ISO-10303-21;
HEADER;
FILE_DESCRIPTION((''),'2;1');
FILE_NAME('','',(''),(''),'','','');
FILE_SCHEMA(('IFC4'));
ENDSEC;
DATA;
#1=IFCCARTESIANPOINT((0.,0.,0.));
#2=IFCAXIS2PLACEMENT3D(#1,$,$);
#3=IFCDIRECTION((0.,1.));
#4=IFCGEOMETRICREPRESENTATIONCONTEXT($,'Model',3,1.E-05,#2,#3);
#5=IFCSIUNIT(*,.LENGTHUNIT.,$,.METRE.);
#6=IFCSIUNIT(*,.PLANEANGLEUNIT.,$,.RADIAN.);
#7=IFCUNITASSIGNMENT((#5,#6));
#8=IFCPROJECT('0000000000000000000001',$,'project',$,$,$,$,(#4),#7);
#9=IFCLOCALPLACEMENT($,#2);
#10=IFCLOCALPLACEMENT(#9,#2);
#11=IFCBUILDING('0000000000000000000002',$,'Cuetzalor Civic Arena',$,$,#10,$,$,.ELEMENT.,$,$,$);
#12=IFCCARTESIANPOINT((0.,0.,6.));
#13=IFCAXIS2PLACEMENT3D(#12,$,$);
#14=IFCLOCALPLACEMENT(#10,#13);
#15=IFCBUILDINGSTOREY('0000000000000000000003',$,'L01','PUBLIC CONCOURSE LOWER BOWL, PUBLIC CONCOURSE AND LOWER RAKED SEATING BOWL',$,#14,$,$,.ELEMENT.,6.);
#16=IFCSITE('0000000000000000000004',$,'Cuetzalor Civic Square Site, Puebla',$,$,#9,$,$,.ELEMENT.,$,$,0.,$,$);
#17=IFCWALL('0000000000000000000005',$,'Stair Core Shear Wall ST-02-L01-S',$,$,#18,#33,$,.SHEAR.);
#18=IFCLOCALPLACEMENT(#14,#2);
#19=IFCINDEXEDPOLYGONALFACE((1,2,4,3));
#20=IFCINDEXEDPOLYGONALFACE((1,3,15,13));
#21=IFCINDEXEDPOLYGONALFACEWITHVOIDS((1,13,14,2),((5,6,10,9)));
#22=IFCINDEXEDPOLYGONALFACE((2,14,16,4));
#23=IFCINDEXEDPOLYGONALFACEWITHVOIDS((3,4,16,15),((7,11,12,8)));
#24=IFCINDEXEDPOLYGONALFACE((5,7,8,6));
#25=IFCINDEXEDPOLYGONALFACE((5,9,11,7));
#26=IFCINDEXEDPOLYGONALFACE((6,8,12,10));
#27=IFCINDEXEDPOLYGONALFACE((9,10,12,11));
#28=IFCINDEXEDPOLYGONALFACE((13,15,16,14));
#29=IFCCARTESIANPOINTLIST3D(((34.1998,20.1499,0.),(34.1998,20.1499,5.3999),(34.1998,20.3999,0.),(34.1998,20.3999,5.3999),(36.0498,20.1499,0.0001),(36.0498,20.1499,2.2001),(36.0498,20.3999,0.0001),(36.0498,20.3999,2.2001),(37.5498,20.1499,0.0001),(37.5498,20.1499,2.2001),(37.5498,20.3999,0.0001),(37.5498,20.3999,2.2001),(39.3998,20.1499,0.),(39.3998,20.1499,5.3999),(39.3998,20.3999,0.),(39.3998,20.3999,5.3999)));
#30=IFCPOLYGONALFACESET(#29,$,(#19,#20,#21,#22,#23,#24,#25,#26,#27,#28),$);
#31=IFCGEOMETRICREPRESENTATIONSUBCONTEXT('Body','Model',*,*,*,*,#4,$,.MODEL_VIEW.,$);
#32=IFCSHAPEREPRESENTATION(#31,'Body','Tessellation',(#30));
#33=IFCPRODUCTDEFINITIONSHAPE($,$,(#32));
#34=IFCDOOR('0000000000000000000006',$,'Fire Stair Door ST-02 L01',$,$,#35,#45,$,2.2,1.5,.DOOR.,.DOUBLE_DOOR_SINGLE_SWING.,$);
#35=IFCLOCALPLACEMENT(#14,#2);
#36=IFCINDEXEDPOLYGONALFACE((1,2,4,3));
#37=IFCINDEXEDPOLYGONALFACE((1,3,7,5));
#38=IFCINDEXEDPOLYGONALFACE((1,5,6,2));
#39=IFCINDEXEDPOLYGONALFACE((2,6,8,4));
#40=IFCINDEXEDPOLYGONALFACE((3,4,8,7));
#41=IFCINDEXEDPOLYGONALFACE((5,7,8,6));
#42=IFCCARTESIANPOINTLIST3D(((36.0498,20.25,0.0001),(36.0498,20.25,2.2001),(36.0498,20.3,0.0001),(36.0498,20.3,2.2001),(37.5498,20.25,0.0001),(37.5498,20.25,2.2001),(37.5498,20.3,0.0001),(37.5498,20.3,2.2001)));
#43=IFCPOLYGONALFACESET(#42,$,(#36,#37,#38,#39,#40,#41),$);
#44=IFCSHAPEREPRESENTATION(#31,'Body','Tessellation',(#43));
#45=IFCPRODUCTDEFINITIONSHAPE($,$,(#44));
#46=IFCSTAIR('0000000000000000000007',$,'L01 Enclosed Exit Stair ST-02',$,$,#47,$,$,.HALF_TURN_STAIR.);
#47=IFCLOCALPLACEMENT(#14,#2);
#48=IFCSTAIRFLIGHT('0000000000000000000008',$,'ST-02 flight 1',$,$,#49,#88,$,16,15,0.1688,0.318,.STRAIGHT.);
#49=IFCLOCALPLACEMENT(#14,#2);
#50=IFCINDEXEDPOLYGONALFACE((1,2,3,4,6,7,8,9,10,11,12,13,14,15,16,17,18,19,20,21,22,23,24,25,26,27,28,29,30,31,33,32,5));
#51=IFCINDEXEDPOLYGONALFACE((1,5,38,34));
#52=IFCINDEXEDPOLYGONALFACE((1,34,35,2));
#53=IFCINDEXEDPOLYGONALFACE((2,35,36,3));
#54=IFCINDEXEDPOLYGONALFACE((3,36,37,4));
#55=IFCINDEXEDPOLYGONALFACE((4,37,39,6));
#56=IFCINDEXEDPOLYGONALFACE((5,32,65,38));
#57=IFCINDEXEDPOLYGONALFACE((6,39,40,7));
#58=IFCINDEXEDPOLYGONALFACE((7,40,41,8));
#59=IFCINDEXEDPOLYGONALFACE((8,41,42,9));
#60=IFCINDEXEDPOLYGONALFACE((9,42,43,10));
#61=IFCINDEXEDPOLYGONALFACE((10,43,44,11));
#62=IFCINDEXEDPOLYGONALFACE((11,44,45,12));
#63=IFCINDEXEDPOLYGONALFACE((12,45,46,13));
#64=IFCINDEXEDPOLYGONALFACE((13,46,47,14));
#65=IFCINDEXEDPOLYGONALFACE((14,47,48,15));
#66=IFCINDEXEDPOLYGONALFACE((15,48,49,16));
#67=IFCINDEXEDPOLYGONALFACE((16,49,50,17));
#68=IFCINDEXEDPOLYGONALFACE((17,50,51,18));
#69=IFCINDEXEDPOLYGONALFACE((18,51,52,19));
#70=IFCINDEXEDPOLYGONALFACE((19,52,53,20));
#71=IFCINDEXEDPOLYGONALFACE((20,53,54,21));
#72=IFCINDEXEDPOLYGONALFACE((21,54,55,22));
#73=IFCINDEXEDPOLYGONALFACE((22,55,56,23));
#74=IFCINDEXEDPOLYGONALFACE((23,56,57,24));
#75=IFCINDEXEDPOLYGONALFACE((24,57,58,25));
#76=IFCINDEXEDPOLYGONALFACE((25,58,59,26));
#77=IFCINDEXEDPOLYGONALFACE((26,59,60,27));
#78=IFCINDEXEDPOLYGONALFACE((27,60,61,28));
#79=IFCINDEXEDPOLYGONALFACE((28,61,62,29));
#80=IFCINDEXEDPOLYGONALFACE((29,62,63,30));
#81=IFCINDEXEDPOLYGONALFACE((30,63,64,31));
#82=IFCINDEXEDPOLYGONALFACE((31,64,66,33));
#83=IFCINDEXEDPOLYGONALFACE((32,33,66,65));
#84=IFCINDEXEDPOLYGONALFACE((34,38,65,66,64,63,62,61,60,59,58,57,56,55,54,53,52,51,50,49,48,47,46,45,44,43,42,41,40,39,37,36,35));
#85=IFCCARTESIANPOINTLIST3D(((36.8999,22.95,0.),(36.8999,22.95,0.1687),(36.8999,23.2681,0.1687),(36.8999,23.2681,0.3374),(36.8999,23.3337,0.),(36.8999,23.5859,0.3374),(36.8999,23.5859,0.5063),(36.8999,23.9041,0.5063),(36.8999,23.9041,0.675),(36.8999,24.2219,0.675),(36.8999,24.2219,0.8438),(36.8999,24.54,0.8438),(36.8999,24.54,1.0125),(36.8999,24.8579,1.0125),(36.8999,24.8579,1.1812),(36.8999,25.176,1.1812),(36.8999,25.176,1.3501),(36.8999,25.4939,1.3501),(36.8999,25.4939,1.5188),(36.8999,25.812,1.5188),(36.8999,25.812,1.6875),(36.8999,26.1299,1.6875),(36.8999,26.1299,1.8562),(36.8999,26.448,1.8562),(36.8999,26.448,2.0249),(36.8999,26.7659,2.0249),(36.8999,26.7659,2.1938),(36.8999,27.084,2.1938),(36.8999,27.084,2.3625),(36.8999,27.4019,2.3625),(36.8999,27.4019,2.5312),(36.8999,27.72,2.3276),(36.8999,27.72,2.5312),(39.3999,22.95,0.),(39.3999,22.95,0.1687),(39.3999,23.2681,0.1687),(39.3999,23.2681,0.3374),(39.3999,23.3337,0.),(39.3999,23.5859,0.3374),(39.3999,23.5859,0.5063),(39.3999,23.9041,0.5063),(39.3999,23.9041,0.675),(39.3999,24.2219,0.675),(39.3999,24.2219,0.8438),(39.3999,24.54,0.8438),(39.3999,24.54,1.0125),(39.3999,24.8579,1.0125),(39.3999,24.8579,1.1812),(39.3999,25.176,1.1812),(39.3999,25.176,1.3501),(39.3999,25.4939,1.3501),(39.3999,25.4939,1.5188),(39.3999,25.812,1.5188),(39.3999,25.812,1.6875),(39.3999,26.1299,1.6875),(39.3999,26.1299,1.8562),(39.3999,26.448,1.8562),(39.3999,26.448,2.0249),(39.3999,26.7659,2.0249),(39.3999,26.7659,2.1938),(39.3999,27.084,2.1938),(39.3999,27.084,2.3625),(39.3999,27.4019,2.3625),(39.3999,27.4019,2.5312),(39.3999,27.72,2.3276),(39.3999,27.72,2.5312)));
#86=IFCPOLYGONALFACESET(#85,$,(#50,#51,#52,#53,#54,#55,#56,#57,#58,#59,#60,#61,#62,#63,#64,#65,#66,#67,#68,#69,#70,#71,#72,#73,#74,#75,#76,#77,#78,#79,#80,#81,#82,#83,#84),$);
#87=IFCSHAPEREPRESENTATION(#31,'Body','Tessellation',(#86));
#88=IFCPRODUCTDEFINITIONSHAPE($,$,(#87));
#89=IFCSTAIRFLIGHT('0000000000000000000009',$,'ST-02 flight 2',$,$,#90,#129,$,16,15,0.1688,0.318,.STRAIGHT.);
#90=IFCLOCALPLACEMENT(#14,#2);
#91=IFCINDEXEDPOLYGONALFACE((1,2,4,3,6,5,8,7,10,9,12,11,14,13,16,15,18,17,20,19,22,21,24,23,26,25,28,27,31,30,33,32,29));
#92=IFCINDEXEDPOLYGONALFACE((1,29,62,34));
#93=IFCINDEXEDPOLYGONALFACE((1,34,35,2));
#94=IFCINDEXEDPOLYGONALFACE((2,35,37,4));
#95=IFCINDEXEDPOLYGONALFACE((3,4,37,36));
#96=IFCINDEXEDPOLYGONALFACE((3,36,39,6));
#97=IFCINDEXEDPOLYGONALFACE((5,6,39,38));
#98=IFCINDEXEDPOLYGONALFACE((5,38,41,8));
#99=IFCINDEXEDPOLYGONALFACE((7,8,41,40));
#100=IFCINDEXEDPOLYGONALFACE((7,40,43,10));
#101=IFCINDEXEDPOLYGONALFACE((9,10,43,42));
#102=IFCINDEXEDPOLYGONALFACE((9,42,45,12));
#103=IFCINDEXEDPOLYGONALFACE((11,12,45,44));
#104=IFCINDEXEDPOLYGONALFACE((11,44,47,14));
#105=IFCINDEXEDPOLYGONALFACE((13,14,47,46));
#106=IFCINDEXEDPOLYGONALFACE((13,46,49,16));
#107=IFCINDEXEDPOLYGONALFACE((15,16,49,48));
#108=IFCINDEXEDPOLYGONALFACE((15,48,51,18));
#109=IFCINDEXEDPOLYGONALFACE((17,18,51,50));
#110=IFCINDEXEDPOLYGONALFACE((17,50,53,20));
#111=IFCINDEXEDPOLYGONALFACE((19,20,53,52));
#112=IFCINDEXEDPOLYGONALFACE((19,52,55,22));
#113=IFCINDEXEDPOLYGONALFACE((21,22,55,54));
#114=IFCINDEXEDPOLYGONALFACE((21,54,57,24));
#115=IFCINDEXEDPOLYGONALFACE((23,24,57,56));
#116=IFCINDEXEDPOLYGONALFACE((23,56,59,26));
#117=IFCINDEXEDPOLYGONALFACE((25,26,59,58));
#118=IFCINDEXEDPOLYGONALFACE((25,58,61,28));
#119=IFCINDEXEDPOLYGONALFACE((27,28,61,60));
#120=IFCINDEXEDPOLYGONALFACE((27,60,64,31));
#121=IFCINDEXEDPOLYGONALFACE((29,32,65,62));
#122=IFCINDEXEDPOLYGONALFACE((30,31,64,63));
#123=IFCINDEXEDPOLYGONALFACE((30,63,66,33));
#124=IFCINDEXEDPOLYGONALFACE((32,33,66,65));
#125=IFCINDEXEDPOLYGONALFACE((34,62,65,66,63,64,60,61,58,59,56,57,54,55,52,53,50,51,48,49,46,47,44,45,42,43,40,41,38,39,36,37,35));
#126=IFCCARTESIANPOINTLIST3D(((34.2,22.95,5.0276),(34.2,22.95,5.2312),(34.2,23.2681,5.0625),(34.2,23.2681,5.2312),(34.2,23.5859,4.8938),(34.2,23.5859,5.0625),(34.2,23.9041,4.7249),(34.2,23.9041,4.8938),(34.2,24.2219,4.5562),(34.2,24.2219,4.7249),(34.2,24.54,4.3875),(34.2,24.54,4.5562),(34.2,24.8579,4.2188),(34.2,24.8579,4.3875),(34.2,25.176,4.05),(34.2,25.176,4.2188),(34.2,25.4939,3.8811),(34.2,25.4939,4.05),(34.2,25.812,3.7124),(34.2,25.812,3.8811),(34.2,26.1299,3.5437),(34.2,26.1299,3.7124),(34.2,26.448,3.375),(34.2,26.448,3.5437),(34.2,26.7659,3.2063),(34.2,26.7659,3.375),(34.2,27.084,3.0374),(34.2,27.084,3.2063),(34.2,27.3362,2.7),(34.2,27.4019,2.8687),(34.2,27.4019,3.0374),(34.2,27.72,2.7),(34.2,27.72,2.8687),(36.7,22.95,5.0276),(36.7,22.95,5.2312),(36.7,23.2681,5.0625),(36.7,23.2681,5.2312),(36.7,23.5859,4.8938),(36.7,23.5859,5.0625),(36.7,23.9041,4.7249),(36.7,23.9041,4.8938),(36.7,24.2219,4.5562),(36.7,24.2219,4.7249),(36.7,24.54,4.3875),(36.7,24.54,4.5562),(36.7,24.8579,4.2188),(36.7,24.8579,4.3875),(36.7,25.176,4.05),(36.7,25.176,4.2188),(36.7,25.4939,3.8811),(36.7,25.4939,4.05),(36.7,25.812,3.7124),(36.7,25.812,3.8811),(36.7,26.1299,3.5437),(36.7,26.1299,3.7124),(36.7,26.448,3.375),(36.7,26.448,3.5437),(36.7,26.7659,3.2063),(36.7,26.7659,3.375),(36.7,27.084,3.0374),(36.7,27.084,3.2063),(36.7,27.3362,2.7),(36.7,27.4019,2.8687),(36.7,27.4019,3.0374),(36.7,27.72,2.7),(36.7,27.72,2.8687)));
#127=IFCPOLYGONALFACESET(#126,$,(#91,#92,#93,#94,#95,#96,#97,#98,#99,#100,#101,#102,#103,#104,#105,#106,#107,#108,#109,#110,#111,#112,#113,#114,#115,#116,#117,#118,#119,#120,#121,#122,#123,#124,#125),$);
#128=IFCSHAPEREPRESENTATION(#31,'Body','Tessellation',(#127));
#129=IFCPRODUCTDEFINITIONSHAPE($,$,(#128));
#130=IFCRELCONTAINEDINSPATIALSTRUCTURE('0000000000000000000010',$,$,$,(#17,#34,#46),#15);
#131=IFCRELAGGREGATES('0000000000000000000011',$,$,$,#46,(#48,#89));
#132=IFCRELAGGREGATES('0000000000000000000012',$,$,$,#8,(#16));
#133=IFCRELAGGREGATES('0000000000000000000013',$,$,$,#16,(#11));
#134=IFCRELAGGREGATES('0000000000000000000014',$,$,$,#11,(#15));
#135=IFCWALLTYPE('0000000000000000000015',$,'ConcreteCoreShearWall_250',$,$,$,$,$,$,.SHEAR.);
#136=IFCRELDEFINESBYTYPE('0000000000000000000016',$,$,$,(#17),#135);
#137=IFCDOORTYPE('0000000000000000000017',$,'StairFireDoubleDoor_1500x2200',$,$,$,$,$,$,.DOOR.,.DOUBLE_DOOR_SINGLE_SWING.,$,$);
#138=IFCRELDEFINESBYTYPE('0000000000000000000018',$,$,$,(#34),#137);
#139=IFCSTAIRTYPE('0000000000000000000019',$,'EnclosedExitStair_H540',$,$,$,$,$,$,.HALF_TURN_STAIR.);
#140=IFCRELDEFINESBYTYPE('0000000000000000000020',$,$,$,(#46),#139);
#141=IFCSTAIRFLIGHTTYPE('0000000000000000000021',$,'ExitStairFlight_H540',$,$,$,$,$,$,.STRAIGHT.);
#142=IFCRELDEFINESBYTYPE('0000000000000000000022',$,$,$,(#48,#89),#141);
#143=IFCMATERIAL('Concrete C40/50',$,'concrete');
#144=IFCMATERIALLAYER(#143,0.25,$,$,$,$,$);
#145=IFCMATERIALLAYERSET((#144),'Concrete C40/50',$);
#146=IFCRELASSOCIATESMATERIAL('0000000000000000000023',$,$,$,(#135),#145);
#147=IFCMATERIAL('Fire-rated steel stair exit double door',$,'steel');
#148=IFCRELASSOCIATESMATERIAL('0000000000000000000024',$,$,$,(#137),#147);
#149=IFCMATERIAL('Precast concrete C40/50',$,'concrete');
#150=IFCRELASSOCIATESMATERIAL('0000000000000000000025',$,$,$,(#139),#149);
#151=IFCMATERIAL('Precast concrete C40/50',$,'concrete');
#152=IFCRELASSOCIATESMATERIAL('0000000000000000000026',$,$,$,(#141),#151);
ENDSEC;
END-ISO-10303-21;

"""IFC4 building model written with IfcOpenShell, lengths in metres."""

from ifc_helpers import new_model, si_unit, direction, frame, frame_2d, origin, place, context, subcontext, project, spatial, polyline, rectangle, outline, extrude, material, layer, layer_set, type_object, element, fill, aggregate, save


model = new_model("IFC4")

# Units and contexts
model_context = context("Model", 3, precision=1e-05, world=origin(), true_north=direction((0.0, 1.0)))
body_context = subcontext(model_context, "Body", "Model", "MODEL_VIEW")
ifc_project = project(units=[si_unit("LENGTHUNIT", "METRE"), si_unit("PLANEANGLEUNIT", "RADIAN")], contexts=[model_context])

# Site, building, storey
site_placement = place(None, origin())
site = spatial("IfcSite", under=ifc_project, at=site_placement, Name="Cuetzalor Civic Square Site, Puebla", CompositionType="ELEMENT", RefElevation=0.0)
building_placement = place(site_placement, origin())
building = spatial("IfcBuilding", under=site, at=building_placement, Name="Cuetzalor Civic Arena", CompositionType="ELEMENT")
storey_placement = place(building_placement, frame((0.0, 0.0, 6.0)))
storey = spatial("IfcBuildingStorey", under=building, at=storey_placement, Name="L01", Description="PUBLIC CONCOURSE LOWER BOWL, PUBLIC CONCOURSE AND LOWER RAKED SEATING BOWL", CompositionType="ELEMENT", Elevation=6.0)

# Shared definitions
ifc_material_1 = material(Name="Concrete C40/50", Category="concrete")
ifc_layer = layer(ifc_material_1, 0.25)
ifc_layer_set = layer_set([ifc_layer], Name="Concrete C40/50")
wall_type = type_object("IfcWallType", Name="ConcreteCoreShearWall_250", PredefinedType="SHEAR", material=ifc_layer_set)

# Wall, opening, door
wall_1_placement = place(storey_placement, frame((39.3999, 20.2749, 0.0), z_axis=(0.0, 0.0, 1.0), x_axis=(-1.0, 0.0, 0.0)))
wall_1 = element("IfcWall", 1, at=wall_1_placement, inside=storey, type_object=wall_type, Name="Stair Core Shear Wall ST-02-L01-S", PredefinedType="SHEAR", context=body_context, shape_type="SweptSolid", body=[
    extrude(rectangle(XDim=5.2, YDim=0.25, at=frame_2d((2.6001, 0.0))), origin(), (0.0, 0.0, 1.0), 5.3999),
])
opening_placement = place(wall_1_placement, frame((1.8501, 0.0, 0.0)))
opening = element("IfcOpeningElement", 2, at=opening_placement, cuts=wall_1, PredefinedType="OPENING", context=body_context, shape_type="SweptSolid", body=[
    extrude(rectangle(XDim=1.5, YDim=2.2, at=frame_2d((0.75, 1.1001))), frame((0.0, 0.135, 0.0), z_axis=(0.0, -1.0, 0.0), x_axis=(1.0, 0.0, 0.0)), (0.0, 0.0, 1.0), 0.27),
])
ifc_material_2 = material(Name="Fire-rated steel stair exit double door", Category="steel")
door_type = type_object("IfcDoorType", Name="StairFireDoubleDoor_1500x2200", OperationType="DOUBLE_DOOR_SINGLE_SWING", PredefinedType="DOOR", material=ifc_material_2)
door_placement = place(opening_placement, origin())
door = element("IfcDoor", 3, at=door_placement, inside=storey, type_object=door_type, Name="Fire Stair Door ST-02 L01", OperationType="DOUBLE_DOOR_SINGLE_SWING", OverallHeight=2.2, OverallWidth=1.5, PredefinedType="DOOR", context=body_context, shape_type="SweptSolid", body=[
    extrude(rectangle(XDim=1.5, YDim=2.2, at=frame_2d((0.75, 1.1001))), frame((0.0, 0.0249, 0.0), z_axis=(0.0, -1.0, 0.0), x_axis=(1.0, 0.0, 0.0)), (0.0, 0.0, 1.0), 0.05),
])
fill(opening, door)

# Stair, stair flights
ifc_material_3 = material(Name="Precast concrete C40/50", Category="concrete")
stair_type = type_object("IfcStairType", Name="EnclosedExitStair_H540", PredefinedType="HALF_TURN_STAIR", material=ifc_material_3)
stair_placement = place(storey_placement, origin())
stair = element("IfcStair", 4, at=stair_placement, inside=storey, type_object=stair_type, Name="L01 Enclosed Exit Stair ST-02", PredefinedType="HALF_TURN_STAIR")
ifc_material_4 = material(Name="Precast concrete C40/50", Category="concrete")
stair_flight_type = type_object("IfcStairFlightType", Name="ExitStairFlight_H540", PredefinedType="STRAIGHT", material=ifc_material_4)
stair_flight_1_placement = place(storey_placement, frame((38.1499, 22.95, 0.0), z_axis=(0.0, 0.0, 1.0), x_axis=(0.0, 1.0, 0.0)))
stair_flight_1 = element("IfcStairFlight", 5, at=stair_flight_1_placement, type_object=stair_flight_type, Name="ST-02 flight 1", NumberOfRisers=16, NumberOfTreads=15, PredefinedType="STRAIGHT", RiserHeight=0.1688, TreadLength=0.318, context=body_context, shape_type="SweptSolid", body=[
    extrude(outline(polyline([(0.0, 0.0), (0.0, 0.1687), (0.3181, 0.1687), (0.3181, 0.3374), (0.636, 0.3374), (0.636, 0.5063), (0.9541, 0.5063), (0.9541, 0.675), (1.272, 0.675), (1.272, 0.8438), (1.5901, 0.8438), (1.5901, 1.0125), (1.908, 1.0125), (1.908, 1.1812), (2.2261, 1.1812), (2.2261, 1.3501), (2.5439, 1.3501), (2.5439, 1.5188), (2.8621, 1.5188), (2.8621, 1.6875), (3.1799, 1.6875), (3.1799, 1.8562), (3.498, 1.8562), (3.498, 2.0249), (3.8159, 2.0249), (3.8159, 2.1938), (4.134, 2.1938), (4.134, 2.3625), (4.4519, 2.3625), (4.4519, 2.5312), (4.77, 2.5312), (4.77, 2.7), (4.77, 2.3276), (0.3838, 0.0), (0.0, 0.0)])), frame((0.0, 1.25, 0.0), z_axis=(0.0, -1.0, 0.0), x_axis=(1.0, 0.0, 0.0)), (0.0, 0.0, 1.0), 2.5),
])
stair_flight_2_placement = place(storey_placement, frame((35.45, 27.72, 2.7), z_axis=(0.0, 0.0, 1.0), x_axis=(0.0, -1.0, 0.0)))
stair_flight_2 = element("IfcStairFlight", 6, at=stair_flight_2_placement, type_object=stair_flight_type, Name="ST-02 flight 2", NumberOfRisers=16, NumberOfTreads=15, PredefinedType="STRAIGHT", RiserHeight=0.1688, TreadLength=0.318, context=body_context, shape_type="SweptSolid", body=[
    extrude(outline(polyline([(0.0, 0.0), (0.0, 0.1687), (0.3181, 0.1687), (0.3181, 0.3374), (0.636, 0.3374), (0.636, 0.5063), (0.9541, 0.5063), (0.9541, 0.675), (1.272, 0.675), (1.272, 0.8438), (1.5901, 0.8438), (1.5901, 1.0125), (1.908, 1.0125), (1.908, 1.1812), (2.2261, 1.1812), (2.2261, 1.3501), (2.5439, 1.3501), (2.5439, 1.5188), (2.8621, 1.5188), (2.8621, 1.6875), (3.1799, 1.6875), (3.1799, 1.8562), (3.498, 1.8562), (3.498, 2.0249), (3.8159, 2.0249), (3.8159, 2.1938), (4.134, 2.1938), (4.134, 2.3625), (4.4519, 2.3625), (4.4519, 2.5312), (4.77, 2.5312), (4.77, 2.7), (4.77, 2.3276), (0.3838, 0.0), (0.0, 0.0)])), frame((0.0, 1.25, 0.0), z_axis=(0.0, -1.0, 0.0), x_axis=(1.0, 0.0, 0.0)), (0.0, 0.0, 1.0), 2.5),
])
aggregate(stair, [stair_flight_1, stair_flight_2])

save(model, "model.ifc")
